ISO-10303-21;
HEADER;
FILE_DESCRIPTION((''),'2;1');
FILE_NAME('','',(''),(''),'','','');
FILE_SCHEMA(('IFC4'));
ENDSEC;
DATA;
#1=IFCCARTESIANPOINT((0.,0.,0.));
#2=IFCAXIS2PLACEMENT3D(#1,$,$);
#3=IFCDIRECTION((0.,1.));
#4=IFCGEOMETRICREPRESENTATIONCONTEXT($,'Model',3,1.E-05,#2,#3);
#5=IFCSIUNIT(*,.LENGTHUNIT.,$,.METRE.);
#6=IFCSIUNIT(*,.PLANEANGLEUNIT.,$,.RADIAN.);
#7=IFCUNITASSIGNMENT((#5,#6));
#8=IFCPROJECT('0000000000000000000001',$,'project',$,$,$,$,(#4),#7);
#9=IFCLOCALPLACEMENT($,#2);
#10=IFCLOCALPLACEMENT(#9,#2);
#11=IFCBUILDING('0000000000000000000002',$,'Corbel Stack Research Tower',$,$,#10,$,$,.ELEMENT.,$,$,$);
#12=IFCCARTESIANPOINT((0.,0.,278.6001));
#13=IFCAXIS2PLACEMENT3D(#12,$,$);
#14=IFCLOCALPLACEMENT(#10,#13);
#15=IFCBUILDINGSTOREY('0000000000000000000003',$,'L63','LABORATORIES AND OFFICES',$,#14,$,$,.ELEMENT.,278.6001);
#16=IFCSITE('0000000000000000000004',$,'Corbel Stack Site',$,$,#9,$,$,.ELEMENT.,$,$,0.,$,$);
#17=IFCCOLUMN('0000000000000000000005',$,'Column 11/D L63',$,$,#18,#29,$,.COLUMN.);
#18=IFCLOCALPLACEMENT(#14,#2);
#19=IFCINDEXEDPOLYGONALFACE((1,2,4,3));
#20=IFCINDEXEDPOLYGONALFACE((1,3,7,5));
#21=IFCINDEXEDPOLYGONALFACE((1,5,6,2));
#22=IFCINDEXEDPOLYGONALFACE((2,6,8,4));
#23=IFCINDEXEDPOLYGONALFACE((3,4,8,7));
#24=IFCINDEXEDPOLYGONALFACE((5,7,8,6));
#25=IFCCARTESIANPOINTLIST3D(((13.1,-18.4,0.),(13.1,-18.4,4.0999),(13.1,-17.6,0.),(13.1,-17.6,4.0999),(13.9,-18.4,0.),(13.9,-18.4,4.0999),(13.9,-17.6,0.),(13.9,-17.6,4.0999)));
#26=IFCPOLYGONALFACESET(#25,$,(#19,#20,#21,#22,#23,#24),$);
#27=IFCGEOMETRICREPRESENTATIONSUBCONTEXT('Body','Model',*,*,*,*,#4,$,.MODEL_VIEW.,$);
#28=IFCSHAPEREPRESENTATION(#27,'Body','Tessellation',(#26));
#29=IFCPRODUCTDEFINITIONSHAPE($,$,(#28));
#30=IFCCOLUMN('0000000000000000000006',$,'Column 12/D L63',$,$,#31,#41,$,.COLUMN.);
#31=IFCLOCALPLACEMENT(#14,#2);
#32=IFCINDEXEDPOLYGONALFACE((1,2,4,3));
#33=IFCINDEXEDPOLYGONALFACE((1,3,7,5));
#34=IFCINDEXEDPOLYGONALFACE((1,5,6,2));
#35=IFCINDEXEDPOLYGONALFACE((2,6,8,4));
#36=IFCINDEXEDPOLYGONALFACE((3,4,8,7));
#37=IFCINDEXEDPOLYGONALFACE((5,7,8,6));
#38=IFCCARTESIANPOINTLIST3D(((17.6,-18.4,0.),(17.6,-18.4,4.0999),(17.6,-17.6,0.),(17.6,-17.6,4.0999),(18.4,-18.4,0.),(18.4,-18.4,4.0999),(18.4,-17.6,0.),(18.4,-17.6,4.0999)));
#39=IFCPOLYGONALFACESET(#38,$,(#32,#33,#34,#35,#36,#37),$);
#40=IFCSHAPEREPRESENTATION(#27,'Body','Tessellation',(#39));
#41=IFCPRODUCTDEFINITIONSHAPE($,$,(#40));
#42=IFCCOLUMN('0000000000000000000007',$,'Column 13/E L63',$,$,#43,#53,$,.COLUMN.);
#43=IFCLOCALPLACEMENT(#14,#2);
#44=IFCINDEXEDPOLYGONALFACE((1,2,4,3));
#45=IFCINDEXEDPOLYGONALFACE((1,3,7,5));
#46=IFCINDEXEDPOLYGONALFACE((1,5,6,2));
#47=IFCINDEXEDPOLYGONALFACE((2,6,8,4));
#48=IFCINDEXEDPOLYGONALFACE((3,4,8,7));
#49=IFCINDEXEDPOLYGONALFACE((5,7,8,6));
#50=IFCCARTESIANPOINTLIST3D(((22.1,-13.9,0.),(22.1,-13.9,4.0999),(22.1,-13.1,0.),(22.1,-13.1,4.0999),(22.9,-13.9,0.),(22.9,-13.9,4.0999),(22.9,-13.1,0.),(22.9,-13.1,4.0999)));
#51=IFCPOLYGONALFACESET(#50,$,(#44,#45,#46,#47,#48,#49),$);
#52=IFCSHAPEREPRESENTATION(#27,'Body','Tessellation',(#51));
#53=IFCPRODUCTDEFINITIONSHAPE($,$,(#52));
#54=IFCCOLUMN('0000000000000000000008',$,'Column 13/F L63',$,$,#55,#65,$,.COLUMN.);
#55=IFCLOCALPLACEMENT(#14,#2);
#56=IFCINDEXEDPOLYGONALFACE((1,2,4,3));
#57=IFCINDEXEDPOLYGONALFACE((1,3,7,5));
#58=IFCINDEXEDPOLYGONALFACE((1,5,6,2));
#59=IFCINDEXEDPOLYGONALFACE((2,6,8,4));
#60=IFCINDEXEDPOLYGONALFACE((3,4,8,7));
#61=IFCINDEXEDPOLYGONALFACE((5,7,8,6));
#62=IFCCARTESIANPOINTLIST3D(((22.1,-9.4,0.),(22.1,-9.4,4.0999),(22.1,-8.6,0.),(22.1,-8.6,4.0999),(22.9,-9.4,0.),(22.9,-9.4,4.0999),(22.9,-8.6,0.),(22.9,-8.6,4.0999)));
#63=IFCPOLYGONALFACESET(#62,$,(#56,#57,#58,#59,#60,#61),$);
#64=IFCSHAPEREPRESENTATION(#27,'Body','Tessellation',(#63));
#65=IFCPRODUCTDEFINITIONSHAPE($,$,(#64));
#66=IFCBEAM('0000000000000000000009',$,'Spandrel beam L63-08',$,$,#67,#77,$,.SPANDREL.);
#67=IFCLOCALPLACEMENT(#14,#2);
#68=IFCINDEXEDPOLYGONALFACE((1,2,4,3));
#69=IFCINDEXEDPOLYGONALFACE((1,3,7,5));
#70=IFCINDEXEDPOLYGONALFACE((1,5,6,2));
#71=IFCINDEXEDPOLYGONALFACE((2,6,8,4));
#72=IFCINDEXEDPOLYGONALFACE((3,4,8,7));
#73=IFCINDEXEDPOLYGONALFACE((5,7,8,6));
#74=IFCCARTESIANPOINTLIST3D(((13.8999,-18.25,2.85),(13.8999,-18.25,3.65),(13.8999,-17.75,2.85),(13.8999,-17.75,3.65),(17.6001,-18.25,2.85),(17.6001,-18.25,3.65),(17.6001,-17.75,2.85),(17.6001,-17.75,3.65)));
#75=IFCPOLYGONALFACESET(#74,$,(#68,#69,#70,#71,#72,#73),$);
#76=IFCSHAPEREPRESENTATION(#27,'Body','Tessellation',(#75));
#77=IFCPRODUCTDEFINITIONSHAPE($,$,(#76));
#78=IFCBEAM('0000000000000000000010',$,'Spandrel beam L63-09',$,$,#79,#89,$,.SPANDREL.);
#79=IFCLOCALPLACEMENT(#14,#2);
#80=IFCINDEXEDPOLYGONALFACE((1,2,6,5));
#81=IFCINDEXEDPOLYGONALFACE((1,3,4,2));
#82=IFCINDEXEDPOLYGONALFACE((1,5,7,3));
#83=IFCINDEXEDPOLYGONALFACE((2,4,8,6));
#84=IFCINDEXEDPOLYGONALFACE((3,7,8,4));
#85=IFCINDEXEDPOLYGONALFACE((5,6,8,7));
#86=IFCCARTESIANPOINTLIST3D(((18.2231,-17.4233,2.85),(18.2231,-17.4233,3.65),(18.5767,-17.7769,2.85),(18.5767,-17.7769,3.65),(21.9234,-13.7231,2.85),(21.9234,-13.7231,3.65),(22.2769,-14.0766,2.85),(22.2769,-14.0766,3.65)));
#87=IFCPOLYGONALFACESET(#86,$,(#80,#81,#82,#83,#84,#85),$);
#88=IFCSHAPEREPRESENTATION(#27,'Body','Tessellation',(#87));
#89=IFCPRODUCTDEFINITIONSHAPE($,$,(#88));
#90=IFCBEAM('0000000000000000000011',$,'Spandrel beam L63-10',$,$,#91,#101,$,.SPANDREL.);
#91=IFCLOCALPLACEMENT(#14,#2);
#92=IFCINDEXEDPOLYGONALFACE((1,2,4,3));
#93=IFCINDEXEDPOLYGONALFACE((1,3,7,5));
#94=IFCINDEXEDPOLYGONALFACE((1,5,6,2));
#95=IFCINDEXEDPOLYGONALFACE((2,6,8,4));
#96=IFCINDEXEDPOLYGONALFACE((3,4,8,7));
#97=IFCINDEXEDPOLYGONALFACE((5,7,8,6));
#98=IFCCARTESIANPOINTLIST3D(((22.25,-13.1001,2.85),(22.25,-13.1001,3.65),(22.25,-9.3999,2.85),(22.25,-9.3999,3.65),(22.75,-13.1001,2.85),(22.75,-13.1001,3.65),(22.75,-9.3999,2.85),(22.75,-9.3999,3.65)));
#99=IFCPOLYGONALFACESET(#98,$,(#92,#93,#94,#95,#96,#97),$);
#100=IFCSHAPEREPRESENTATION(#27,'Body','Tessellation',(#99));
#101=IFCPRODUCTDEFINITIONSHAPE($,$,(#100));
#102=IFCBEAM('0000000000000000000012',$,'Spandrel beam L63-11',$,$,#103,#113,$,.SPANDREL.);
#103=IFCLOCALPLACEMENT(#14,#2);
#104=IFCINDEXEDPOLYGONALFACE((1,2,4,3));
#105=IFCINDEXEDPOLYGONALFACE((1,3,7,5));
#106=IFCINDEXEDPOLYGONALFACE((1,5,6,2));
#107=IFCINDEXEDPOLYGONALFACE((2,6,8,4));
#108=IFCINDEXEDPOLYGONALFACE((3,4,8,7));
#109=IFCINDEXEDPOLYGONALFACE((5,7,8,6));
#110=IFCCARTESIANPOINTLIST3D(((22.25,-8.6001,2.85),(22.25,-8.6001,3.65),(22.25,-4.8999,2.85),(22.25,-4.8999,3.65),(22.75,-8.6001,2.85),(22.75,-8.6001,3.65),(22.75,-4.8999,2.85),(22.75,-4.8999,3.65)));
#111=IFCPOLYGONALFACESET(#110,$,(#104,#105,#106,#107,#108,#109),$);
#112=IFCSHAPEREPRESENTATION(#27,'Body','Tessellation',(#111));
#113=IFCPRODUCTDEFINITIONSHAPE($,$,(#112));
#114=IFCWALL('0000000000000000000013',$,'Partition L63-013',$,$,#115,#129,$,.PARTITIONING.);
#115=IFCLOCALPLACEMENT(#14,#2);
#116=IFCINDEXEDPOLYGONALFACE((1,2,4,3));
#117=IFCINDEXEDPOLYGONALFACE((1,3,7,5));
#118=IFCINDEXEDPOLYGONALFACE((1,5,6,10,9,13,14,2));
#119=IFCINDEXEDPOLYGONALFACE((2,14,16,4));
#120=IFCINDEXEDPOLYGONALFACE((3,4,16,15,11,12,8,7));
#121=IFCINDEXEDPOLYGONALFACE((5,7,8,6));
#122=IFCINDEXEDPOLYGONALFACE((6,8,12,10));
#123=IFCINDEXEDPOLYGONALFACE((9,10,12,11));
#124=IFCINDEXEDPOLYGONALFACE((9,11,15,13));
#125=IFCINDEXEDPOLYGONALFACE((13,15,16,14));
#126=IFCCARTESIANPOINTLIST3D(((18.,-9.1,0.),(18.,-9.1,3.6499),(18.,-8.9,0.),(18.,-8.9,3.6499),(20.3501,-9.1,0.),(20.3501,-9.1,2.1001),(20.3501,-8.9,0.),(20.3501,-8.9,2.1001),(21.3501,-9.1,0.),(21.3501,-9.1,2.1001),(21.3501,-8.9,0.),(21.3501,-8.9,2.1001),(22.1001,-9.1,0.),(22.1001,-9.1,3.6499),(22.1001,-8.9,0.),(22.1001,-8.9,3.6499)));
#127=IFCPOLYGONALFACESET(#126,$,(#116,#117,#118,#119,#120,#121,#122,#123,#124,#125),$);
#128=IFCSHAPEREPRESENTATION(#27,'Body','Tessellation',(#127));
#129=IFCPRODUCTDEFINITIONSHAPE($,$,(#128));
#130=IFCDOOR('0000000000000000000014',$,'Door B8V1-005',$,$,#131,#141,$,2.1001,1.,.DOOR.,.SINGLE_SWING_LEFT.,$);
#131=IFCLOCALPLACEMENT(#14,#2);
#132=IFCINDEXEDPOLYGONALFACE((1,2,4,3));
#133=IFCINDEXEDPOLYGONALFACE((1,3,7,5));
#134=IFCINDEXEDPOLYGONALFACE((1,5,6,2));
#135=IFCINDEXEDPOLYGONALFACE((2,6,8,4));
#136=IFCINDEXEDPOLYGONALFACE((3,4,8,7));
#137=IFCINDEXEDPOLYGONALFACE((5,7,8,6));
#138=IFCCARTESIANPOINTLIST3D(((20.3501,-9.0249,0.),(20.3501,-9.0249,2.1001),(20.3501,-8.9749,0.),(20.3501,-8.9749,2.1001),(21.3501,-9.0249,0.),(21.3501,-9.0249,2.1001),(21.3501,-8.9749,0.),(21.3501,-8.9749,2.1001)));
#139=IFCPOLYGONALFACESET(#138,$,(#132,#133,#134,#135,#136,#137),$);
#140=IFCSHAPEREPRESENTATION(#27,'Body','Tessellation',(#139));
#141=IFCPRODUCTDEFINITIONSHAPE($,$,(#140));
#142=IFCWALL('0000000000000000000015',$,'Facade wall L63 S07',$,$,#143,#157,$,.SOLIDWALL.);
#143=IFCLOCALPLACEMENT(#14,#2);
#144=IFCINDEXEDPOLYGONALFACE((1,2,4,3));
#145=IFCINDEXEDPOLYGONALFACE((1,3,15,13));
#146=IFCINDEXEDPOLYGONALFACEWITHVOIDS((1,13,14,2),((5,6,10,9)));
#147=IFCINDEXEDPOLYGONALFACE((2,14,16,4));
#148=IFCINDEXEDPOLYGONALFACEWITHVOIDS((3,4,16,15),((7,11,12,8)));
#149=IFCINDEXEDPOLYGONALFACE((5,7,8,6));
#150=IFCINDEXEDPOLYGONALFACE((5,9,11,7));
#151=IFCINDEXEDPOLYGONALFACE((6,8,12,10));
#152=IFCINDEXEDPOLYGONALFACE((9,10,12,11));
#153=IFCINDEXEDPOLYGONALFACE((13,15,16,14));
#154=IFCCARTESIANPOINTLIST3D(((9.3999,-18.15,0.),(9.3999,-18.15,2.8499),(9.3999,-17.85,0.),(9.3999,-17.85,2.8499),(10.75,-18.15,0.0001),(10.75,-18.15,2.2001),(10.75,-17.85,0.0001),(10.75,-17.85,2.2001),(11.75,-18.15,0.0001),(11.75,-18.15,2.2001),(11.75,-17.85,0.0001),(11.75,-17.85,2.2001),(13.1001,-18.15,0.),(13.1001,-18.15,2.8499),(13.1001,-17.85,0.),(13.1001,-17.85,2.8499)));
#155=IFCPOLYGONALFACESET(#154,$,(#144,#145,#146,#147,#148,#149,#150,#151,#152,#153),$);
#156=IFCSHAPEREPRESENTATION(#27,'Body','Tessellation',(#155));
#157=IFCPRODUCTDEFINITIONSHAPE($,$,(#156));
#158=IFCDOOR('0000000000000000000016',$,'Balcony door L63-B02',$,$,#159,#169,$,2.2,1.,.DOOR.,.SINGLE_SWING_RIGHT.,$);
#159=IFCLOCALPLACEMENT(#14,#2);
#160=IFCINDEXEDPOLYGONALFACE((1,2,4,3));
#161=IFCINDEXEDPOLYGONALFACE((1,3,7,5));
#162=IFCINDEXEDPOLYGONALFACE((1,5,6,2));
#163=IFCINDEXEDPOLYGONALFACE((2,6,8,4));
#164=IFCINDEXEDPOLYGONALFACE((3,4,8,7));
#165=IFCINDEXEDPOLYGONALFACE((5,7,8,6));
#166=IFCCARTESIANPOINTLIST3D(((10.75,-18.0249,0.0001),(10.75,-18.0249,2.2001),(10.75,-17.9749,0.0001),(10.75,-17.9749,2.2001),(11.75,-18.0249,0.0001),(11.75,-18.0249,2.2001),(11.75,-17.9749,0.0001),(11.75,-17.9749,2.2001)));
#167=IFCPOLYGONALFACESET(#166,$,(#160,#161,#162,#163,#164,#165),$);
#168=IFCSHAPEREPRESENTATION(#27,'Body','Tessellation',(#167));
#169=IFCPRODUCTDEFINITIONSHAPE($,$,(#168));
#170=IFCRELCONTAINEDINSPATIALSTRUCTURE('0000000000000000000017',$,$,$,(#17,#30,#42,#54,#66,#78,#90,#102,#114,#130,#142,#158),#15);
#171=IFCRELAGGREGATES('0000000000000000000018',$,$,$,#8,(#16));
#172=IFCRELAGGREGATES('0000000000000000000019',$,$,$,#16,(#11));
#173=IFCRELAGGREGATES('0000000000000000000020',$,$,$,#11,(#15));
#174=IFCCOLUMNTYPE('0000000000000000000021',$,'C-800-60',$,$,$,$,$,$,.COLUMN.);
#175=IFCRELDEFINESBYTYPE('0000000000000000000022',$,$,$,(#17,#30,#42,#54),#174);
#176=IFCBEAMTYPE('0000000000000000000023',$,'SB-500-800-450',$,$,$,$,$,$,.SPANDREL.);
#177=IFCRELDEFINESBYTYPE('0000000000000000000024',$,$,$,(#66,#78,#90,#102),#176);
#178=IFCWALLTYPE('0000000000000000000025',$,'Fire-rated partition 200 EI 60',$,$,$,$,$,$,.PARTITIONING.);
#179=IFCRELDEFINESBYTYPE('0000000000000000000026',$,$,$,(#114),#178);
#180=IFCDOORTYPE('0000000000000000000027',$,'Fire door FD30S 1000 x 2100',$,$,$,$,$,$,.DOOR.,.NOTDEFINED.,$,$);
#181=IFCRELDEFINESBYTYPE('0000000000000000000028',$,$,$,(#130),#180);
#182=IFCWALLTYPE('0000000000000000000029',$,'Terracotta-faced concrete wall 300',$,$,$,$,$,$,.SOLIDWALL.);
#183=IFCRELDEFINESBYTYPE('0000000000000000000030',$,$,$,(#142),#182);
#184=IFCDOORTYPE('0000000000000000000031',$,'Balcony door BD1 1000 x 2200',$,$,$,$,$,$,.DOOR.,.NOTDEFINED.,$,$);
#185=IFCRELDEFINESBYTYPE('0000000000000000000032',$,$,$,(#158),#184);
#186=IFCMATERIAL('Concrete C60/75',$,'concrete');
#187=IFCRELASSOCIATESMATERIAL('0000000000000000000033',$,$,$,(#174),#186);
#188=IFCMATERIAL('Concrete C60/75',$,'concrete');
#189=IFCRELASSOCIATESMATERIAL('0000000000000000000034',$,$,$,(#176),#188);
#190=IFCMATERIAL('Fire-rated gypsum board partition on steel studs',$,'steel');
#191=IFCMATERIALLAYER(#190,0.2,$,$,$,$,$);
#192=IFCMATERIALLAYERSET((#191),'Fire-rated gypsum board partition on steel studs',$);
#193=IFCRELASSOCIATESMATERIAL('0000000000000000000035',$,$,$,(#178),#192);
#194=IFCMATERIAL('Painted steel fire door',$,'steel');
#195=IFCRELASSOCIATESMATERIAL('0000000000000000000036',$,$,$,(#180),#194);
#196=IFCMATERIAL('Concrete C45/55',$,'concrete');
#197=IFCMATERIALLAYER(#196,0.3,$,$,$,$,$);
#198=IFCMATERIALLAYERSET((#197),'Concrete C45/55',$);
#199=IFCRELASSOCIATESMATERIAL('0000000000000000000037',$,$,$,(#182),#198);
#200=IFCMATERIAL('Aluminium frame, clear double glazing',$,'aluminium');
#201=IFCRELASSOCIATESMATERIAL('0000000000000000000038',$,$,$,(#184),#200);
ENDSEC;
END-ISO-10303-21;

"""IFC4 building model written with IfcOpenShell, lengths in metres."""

from ifc_helpers import new_model, si_unit, direction, frame, frame_2d, origin, origin_2d, place, context, subcontext, project, spatial, rectangle, extrude, material, layer, layer_set, material_profile, profile_set, type_object, element, fill, save


model = new_model("IFC4")

# Units and contexts
model_context = context("Model", 3, precision=1e-05, world=origin(), true_north=direction((0.0, 1.0)))
body_context = subcontext(model_context, "Body", "Model", "MODEL_VIEW")
ifc_project = project(units=[si_unit("LENGTHUNIT", "METRE"), si_unit("PLANEANGLEUNIT", "RADIAN")], contexts=[model_context])

# Site, building, storey
site_placement = place(None, origin())
site = spatial("IfcSite", under=ifc_project, at=site_placement, Name="Corbel Stack Site", CompositionType="ELEMENT", RefElevation=0.0)
building_placement = place(site_placement, origin())
building = spatial("IfcBuilding", under=site, at=building_placement, Name="Corbel Stack Research Tower", CompositionType="ELEMENT")
storey_placement = place(building_placement, frame((0.0, 0.0, 278.6001)))
storey = spatial("IfcBuildingStorey", under=building, at=storey_placement, Name="L63", Description="LABORATORIES AND OFFICES", CompositionType="ELEMENT", Elevation=278.6001)

# Columns
ifc_material_1 = material(Name="Concrete C60/75", Category="concrete")
ifc_material_profile_1 = material_profile(ifc_material_1, rectangle(XDim=0.8, YDim=0.8, at=origin_2d()), Name="RC 800 x 800")
ifc_profile_set_1 = profile_set([ifc_material_profile_1], Name="Concrete C60/75")
column_type = type_object("IfcColumnType", Name="C-800-60", PredefinedType="COLUMN", material=ifc_profile_set_1)
for number, where, z_axis, x_axis, name in (
    (1, (13.5, -18.0, 0.0), (0.0, 0.0, 1.0), (1.0, 0.0, 0.0), "Column 11/D L63"),
    (2, (18.0, -18.0, 0.0), (0.0, 0.0, 1.0), (1.0, 0.0, 0.0), "Column 12/D L63"),
    (3, (22.5, -13.5, 0.0), (0.0, 0.0, 1.0), (1.0, 0.0, 0.0), "Column 13/E L63"),
    (4, (22.5, -9.0, 0.0), (0.0, 0.0, 1.0), (1.0, 0.0, 0.0), "Column 13/F L63"),
):
    element("IfcColumn", number, at=place(storey_placement, frame(where, z_axis=z_axis, x_axis=x_axis)), inside=storey, type_object=column_type, Name=name, PredefinedType="COLUMN", context=body_context, shape_type="SweptSolid", body=[
        extrude(rectangle(XDim=0.8, YDim=0.8, at=origin_2d()), origin(), (0.0, 0.0, 1.0), 4.0999),
    ])

# Beams
ifc_material_2 = material(Name="Concrete C60/75", Category="concrete")
ifc_material_profile_2 = material_profile(ifc_material_2, rectangle(XDim=0.5, YDim=0.8, at=origin_2d()), Name="RC 500 x 800")
ifc_profile_set_2 = profile_set([ifc_material_profile_2], Name="Concrete C60/75")
beam_type = type_object("IfcBeamType", Name="SB-500-800-450", PredefinedType="SPANDREL", material=ifc_profile_set_2)
beam_1_placement = place(storey_placement, frame((13.8999, -18.0, 3.25), z_axis=(1.0, 0.0, 0.0), x_axis=(0.0, 1.0, 0.0)))
element("IfcBeam", 5, at=beam_1_placement, inside=storey, type_object=beam_type, Name="Spandrel beam L63-08", PredefinedType="SPANDREL", context=body_context, shape_type="SweptSolid", body=[
    extrude(rectangle(XDim=0.5, YDim=0.8, at=origin_2d()), origin(), (0.0, 0.0, 1.0), 3.7002),
])
beam_2_placement = place(storey_placement, frame((18.3999, -17.6001, 3.25), z_axis=(0.707107, 0.707107, 0.0), x_axis=(-0.707107, 0.707107, 0.0)))
element("IfcBeam", 6, at=beam_2_placement, inside=storey, type_object=beam_type, Name="Spandrel beam L63-09", PredefinedType="SPANDREL", context=body_context, shape_type="SweptSolid", body=[
    extrude(rectangle(XDim=0.5, YDim=0.8, at=origin_2d()), origin(), (0.0, 0.0, 1.0), 5.2329),
])
for number, where, z_axis, x_axis, name in (
    (7, (22.5, -13.1001, 3.25), (0.0, 1.0, 0.0), (-1.0, 0.0, 0.0), "Spandrel beam L63-10"),
    (8, (22.5, -8.6001, 3.25), (0.0, 1.0, 0.0), (-1.0, 0.0, 0.0), "Spandrel beam L63-11"),
):
    element("IfcBeam", number, at=place(storey_placement, frame(where, z_axis=z_axis, x_axis=x_axis)), inside=storey, type_object=beam_type, Name=name, PredefinedType="SPANDREL", context=body_context, shape_type="SweptSolid", body=[
        extrude(rectangle(XDim=0.5, YDim=0.8, at=origin_2d()), origin(), (0.0, 0.0, 1.0), 3.7002),
    ])

# Walls, openings, doors
ifc_material_3 = material(Name="Fire-rated gypsum board partition on steel studs", Category="steel")
ifc_layer_1 = layer(ifc_material_3, 0.2)
ifc_layer_set_1 = layer_set([ifc_layer_1], Name="Fire-rated gypsum board partition on steel studs")
wall_type_1 = type_object("IfcWallType", Name="Fire-rated partition 200 EI 60", PredefinedType="PARTITIONING", material=ifc_layer_set_1)
wall_1_placement = place(storey_placement, frame((22.1001, -9.0, 0.0), z_axis=(0.0, 0.0, 1.0), x_axis=(-1.0, 0.0, 0.0)))
wall_1 = element("IfcWall", 9, at=wall_1_placement, inside=storey, type_object=wall_type_1, Name="Partition L63-013", PredefinedType="PARTITIONING", context=body_context, shape_type="SweptSolid", body=[
    extrude(rectangle(XDim=4.1001, YDim=0.2, at=frame_2d((2.05, 0.0))), origin(), (0.0, 0.0, 1.0), 3.6499),
])
opening_1_placement = place(wall_1_placement, frame((0.75, 0.0, 0.0)))
opening_1 = element("IfcOpeningElement", 10, at=opening_1_placement, cuts=wall_1, PredefinedType="OPENING", context=body_context, shape_type="SweptSolid", body=[
    extrude(rectangle(XDim=1.0, YDim=2.1001, at=frame_2d((0.5, 1.05))), frame((0.0, 0.1099, 0.0), z_axis=(0.0, -1.0, 0.0), x_axis=(1.0, 0.0, 0.0)), (0.0, 0.0, 1.0), 0.22),
])
ifc_material_4 = material(Name="Painted steel fire door", Category="steel")
door_type_1 = type_object("IfcDoorType", Name="Fire door FD30S 1000 x 2100", OperationType="NOTDEFINED", PredefinedType="DOOR", material=ifc_material_4)
door_1_placement = place(opening_1_placement, origin())
door_1 = element("IfcDoor", 11, at=door_1_placement, inside=storey, type_object=door_type_1, Name="Door B8V1-005", OperationType="SINGLE_SWING_LEFT", OverallHeight=2.1001, OverallWidth=1.0, PredefinedType="DOOR", context=body_context, shape_type="SweptSolid", body=[
    extrude(rectangle(XDim=1.0, YDim=2.1001, at=frame_2d((0.5, 1.05))), frame((0.0, 0.0249, 0.0), z_axis=(0.0, -1.0, 0.0), x_axis=(1.0, 0.0, 0.0)), (0.0, 0.0, 1.0), 0.05),
])
fill(opening_1, door_1)
ifc_material_5 = material(Name="Concrete C45/55", Category="concrete")
ifc_layer_2 = layer(ifc_material_5, 0.3)
ifc_layer_set_2 = layer_set([ifc_layer_2], Name="Concrete C45/55")
wall_type_2 = type_object("IfcWallType", Name="Terracotta-faced concrete wall 300", PredefinedType="SOLIDWALL", material=ifc_layer_set_2)
wall_2_placement = place(storey_placement, frame((13.1001, -18.0, 0.0), z_axis=(0.0, 0.0, 1.0), x_axis=(-1.0, 0.0, 0.0)))
wall_2 = element("IfcWall", 12, at=wall_2_placement, inside=storey, type_object=wall_type_2, Name="Facade wall L63 S07", PredefinedType="SOLIDWALL", context=body_context, shape_type="SweptSolid", body=[
    extrude(rectangle(XDim=3.7002, YDim=0.3, at=frame_2d((1.8501, 0.0))), origin(), (0.0, 0.0, 1.0), 2.8499),
])
opening_2_placement = place(wall_2_placement, frame((1.3501, 0.0, 0.0)))
opening_2 = element("IfcOpeningElement", 13, at=opening_2_placement, cuts=wall_2, PredefinedType="OPENING", context=body_context, shape_type="SweptSolid", body=[
    extrude(rectangle(XDim=1.0, YDim=2.2, at=frame_2d((0.5, 1.1001))), frame((0.0, 0.1599, 0.0), z_axis=(0.0, -1.0, 0.0), x_axis=(1.0, 0.0, 0.0)), (0.0, 0.0, 1.0), 0.3201),
])
ifc_material_6 = material(Name="Aluminium frame, clear double glazing", Category="aluminium")
door_type_2 = type_object("IfcDoorType", Name="Balcony door BD1 1000 x 2200", OperationType="NOTDEFINED", PredefinedType="DOOR", material=ifc_material_6)
door_2_placement = place(opening_2_placement, origin())
door_2 = element("IfcDoor", 14, at=door_2_placement, inside=storey, type_object=door_type_2, Name="Balcony door L63-B02", OperationType="SINGLE_SWING_RIGHT", OverallHeight=2.2, OverallWidth=1.0, PredefinedType="DOOR", context=body_context, shape_type="SweptSolid", body=[
    extrude(rectangle(XDim=1.0, YDim=2.2, at=frame_2d((0.5, 1.1001))), frame((0.0, 0.0249, 0.0), z_axis=(0.0, -1.0, 0.0), x_axis=(1.0, 0.0, 0.0)), (0.0, 0.0, 1.0), 0.05),
])
fill(opening_2, door_2)

save(model, "model.ifc")
